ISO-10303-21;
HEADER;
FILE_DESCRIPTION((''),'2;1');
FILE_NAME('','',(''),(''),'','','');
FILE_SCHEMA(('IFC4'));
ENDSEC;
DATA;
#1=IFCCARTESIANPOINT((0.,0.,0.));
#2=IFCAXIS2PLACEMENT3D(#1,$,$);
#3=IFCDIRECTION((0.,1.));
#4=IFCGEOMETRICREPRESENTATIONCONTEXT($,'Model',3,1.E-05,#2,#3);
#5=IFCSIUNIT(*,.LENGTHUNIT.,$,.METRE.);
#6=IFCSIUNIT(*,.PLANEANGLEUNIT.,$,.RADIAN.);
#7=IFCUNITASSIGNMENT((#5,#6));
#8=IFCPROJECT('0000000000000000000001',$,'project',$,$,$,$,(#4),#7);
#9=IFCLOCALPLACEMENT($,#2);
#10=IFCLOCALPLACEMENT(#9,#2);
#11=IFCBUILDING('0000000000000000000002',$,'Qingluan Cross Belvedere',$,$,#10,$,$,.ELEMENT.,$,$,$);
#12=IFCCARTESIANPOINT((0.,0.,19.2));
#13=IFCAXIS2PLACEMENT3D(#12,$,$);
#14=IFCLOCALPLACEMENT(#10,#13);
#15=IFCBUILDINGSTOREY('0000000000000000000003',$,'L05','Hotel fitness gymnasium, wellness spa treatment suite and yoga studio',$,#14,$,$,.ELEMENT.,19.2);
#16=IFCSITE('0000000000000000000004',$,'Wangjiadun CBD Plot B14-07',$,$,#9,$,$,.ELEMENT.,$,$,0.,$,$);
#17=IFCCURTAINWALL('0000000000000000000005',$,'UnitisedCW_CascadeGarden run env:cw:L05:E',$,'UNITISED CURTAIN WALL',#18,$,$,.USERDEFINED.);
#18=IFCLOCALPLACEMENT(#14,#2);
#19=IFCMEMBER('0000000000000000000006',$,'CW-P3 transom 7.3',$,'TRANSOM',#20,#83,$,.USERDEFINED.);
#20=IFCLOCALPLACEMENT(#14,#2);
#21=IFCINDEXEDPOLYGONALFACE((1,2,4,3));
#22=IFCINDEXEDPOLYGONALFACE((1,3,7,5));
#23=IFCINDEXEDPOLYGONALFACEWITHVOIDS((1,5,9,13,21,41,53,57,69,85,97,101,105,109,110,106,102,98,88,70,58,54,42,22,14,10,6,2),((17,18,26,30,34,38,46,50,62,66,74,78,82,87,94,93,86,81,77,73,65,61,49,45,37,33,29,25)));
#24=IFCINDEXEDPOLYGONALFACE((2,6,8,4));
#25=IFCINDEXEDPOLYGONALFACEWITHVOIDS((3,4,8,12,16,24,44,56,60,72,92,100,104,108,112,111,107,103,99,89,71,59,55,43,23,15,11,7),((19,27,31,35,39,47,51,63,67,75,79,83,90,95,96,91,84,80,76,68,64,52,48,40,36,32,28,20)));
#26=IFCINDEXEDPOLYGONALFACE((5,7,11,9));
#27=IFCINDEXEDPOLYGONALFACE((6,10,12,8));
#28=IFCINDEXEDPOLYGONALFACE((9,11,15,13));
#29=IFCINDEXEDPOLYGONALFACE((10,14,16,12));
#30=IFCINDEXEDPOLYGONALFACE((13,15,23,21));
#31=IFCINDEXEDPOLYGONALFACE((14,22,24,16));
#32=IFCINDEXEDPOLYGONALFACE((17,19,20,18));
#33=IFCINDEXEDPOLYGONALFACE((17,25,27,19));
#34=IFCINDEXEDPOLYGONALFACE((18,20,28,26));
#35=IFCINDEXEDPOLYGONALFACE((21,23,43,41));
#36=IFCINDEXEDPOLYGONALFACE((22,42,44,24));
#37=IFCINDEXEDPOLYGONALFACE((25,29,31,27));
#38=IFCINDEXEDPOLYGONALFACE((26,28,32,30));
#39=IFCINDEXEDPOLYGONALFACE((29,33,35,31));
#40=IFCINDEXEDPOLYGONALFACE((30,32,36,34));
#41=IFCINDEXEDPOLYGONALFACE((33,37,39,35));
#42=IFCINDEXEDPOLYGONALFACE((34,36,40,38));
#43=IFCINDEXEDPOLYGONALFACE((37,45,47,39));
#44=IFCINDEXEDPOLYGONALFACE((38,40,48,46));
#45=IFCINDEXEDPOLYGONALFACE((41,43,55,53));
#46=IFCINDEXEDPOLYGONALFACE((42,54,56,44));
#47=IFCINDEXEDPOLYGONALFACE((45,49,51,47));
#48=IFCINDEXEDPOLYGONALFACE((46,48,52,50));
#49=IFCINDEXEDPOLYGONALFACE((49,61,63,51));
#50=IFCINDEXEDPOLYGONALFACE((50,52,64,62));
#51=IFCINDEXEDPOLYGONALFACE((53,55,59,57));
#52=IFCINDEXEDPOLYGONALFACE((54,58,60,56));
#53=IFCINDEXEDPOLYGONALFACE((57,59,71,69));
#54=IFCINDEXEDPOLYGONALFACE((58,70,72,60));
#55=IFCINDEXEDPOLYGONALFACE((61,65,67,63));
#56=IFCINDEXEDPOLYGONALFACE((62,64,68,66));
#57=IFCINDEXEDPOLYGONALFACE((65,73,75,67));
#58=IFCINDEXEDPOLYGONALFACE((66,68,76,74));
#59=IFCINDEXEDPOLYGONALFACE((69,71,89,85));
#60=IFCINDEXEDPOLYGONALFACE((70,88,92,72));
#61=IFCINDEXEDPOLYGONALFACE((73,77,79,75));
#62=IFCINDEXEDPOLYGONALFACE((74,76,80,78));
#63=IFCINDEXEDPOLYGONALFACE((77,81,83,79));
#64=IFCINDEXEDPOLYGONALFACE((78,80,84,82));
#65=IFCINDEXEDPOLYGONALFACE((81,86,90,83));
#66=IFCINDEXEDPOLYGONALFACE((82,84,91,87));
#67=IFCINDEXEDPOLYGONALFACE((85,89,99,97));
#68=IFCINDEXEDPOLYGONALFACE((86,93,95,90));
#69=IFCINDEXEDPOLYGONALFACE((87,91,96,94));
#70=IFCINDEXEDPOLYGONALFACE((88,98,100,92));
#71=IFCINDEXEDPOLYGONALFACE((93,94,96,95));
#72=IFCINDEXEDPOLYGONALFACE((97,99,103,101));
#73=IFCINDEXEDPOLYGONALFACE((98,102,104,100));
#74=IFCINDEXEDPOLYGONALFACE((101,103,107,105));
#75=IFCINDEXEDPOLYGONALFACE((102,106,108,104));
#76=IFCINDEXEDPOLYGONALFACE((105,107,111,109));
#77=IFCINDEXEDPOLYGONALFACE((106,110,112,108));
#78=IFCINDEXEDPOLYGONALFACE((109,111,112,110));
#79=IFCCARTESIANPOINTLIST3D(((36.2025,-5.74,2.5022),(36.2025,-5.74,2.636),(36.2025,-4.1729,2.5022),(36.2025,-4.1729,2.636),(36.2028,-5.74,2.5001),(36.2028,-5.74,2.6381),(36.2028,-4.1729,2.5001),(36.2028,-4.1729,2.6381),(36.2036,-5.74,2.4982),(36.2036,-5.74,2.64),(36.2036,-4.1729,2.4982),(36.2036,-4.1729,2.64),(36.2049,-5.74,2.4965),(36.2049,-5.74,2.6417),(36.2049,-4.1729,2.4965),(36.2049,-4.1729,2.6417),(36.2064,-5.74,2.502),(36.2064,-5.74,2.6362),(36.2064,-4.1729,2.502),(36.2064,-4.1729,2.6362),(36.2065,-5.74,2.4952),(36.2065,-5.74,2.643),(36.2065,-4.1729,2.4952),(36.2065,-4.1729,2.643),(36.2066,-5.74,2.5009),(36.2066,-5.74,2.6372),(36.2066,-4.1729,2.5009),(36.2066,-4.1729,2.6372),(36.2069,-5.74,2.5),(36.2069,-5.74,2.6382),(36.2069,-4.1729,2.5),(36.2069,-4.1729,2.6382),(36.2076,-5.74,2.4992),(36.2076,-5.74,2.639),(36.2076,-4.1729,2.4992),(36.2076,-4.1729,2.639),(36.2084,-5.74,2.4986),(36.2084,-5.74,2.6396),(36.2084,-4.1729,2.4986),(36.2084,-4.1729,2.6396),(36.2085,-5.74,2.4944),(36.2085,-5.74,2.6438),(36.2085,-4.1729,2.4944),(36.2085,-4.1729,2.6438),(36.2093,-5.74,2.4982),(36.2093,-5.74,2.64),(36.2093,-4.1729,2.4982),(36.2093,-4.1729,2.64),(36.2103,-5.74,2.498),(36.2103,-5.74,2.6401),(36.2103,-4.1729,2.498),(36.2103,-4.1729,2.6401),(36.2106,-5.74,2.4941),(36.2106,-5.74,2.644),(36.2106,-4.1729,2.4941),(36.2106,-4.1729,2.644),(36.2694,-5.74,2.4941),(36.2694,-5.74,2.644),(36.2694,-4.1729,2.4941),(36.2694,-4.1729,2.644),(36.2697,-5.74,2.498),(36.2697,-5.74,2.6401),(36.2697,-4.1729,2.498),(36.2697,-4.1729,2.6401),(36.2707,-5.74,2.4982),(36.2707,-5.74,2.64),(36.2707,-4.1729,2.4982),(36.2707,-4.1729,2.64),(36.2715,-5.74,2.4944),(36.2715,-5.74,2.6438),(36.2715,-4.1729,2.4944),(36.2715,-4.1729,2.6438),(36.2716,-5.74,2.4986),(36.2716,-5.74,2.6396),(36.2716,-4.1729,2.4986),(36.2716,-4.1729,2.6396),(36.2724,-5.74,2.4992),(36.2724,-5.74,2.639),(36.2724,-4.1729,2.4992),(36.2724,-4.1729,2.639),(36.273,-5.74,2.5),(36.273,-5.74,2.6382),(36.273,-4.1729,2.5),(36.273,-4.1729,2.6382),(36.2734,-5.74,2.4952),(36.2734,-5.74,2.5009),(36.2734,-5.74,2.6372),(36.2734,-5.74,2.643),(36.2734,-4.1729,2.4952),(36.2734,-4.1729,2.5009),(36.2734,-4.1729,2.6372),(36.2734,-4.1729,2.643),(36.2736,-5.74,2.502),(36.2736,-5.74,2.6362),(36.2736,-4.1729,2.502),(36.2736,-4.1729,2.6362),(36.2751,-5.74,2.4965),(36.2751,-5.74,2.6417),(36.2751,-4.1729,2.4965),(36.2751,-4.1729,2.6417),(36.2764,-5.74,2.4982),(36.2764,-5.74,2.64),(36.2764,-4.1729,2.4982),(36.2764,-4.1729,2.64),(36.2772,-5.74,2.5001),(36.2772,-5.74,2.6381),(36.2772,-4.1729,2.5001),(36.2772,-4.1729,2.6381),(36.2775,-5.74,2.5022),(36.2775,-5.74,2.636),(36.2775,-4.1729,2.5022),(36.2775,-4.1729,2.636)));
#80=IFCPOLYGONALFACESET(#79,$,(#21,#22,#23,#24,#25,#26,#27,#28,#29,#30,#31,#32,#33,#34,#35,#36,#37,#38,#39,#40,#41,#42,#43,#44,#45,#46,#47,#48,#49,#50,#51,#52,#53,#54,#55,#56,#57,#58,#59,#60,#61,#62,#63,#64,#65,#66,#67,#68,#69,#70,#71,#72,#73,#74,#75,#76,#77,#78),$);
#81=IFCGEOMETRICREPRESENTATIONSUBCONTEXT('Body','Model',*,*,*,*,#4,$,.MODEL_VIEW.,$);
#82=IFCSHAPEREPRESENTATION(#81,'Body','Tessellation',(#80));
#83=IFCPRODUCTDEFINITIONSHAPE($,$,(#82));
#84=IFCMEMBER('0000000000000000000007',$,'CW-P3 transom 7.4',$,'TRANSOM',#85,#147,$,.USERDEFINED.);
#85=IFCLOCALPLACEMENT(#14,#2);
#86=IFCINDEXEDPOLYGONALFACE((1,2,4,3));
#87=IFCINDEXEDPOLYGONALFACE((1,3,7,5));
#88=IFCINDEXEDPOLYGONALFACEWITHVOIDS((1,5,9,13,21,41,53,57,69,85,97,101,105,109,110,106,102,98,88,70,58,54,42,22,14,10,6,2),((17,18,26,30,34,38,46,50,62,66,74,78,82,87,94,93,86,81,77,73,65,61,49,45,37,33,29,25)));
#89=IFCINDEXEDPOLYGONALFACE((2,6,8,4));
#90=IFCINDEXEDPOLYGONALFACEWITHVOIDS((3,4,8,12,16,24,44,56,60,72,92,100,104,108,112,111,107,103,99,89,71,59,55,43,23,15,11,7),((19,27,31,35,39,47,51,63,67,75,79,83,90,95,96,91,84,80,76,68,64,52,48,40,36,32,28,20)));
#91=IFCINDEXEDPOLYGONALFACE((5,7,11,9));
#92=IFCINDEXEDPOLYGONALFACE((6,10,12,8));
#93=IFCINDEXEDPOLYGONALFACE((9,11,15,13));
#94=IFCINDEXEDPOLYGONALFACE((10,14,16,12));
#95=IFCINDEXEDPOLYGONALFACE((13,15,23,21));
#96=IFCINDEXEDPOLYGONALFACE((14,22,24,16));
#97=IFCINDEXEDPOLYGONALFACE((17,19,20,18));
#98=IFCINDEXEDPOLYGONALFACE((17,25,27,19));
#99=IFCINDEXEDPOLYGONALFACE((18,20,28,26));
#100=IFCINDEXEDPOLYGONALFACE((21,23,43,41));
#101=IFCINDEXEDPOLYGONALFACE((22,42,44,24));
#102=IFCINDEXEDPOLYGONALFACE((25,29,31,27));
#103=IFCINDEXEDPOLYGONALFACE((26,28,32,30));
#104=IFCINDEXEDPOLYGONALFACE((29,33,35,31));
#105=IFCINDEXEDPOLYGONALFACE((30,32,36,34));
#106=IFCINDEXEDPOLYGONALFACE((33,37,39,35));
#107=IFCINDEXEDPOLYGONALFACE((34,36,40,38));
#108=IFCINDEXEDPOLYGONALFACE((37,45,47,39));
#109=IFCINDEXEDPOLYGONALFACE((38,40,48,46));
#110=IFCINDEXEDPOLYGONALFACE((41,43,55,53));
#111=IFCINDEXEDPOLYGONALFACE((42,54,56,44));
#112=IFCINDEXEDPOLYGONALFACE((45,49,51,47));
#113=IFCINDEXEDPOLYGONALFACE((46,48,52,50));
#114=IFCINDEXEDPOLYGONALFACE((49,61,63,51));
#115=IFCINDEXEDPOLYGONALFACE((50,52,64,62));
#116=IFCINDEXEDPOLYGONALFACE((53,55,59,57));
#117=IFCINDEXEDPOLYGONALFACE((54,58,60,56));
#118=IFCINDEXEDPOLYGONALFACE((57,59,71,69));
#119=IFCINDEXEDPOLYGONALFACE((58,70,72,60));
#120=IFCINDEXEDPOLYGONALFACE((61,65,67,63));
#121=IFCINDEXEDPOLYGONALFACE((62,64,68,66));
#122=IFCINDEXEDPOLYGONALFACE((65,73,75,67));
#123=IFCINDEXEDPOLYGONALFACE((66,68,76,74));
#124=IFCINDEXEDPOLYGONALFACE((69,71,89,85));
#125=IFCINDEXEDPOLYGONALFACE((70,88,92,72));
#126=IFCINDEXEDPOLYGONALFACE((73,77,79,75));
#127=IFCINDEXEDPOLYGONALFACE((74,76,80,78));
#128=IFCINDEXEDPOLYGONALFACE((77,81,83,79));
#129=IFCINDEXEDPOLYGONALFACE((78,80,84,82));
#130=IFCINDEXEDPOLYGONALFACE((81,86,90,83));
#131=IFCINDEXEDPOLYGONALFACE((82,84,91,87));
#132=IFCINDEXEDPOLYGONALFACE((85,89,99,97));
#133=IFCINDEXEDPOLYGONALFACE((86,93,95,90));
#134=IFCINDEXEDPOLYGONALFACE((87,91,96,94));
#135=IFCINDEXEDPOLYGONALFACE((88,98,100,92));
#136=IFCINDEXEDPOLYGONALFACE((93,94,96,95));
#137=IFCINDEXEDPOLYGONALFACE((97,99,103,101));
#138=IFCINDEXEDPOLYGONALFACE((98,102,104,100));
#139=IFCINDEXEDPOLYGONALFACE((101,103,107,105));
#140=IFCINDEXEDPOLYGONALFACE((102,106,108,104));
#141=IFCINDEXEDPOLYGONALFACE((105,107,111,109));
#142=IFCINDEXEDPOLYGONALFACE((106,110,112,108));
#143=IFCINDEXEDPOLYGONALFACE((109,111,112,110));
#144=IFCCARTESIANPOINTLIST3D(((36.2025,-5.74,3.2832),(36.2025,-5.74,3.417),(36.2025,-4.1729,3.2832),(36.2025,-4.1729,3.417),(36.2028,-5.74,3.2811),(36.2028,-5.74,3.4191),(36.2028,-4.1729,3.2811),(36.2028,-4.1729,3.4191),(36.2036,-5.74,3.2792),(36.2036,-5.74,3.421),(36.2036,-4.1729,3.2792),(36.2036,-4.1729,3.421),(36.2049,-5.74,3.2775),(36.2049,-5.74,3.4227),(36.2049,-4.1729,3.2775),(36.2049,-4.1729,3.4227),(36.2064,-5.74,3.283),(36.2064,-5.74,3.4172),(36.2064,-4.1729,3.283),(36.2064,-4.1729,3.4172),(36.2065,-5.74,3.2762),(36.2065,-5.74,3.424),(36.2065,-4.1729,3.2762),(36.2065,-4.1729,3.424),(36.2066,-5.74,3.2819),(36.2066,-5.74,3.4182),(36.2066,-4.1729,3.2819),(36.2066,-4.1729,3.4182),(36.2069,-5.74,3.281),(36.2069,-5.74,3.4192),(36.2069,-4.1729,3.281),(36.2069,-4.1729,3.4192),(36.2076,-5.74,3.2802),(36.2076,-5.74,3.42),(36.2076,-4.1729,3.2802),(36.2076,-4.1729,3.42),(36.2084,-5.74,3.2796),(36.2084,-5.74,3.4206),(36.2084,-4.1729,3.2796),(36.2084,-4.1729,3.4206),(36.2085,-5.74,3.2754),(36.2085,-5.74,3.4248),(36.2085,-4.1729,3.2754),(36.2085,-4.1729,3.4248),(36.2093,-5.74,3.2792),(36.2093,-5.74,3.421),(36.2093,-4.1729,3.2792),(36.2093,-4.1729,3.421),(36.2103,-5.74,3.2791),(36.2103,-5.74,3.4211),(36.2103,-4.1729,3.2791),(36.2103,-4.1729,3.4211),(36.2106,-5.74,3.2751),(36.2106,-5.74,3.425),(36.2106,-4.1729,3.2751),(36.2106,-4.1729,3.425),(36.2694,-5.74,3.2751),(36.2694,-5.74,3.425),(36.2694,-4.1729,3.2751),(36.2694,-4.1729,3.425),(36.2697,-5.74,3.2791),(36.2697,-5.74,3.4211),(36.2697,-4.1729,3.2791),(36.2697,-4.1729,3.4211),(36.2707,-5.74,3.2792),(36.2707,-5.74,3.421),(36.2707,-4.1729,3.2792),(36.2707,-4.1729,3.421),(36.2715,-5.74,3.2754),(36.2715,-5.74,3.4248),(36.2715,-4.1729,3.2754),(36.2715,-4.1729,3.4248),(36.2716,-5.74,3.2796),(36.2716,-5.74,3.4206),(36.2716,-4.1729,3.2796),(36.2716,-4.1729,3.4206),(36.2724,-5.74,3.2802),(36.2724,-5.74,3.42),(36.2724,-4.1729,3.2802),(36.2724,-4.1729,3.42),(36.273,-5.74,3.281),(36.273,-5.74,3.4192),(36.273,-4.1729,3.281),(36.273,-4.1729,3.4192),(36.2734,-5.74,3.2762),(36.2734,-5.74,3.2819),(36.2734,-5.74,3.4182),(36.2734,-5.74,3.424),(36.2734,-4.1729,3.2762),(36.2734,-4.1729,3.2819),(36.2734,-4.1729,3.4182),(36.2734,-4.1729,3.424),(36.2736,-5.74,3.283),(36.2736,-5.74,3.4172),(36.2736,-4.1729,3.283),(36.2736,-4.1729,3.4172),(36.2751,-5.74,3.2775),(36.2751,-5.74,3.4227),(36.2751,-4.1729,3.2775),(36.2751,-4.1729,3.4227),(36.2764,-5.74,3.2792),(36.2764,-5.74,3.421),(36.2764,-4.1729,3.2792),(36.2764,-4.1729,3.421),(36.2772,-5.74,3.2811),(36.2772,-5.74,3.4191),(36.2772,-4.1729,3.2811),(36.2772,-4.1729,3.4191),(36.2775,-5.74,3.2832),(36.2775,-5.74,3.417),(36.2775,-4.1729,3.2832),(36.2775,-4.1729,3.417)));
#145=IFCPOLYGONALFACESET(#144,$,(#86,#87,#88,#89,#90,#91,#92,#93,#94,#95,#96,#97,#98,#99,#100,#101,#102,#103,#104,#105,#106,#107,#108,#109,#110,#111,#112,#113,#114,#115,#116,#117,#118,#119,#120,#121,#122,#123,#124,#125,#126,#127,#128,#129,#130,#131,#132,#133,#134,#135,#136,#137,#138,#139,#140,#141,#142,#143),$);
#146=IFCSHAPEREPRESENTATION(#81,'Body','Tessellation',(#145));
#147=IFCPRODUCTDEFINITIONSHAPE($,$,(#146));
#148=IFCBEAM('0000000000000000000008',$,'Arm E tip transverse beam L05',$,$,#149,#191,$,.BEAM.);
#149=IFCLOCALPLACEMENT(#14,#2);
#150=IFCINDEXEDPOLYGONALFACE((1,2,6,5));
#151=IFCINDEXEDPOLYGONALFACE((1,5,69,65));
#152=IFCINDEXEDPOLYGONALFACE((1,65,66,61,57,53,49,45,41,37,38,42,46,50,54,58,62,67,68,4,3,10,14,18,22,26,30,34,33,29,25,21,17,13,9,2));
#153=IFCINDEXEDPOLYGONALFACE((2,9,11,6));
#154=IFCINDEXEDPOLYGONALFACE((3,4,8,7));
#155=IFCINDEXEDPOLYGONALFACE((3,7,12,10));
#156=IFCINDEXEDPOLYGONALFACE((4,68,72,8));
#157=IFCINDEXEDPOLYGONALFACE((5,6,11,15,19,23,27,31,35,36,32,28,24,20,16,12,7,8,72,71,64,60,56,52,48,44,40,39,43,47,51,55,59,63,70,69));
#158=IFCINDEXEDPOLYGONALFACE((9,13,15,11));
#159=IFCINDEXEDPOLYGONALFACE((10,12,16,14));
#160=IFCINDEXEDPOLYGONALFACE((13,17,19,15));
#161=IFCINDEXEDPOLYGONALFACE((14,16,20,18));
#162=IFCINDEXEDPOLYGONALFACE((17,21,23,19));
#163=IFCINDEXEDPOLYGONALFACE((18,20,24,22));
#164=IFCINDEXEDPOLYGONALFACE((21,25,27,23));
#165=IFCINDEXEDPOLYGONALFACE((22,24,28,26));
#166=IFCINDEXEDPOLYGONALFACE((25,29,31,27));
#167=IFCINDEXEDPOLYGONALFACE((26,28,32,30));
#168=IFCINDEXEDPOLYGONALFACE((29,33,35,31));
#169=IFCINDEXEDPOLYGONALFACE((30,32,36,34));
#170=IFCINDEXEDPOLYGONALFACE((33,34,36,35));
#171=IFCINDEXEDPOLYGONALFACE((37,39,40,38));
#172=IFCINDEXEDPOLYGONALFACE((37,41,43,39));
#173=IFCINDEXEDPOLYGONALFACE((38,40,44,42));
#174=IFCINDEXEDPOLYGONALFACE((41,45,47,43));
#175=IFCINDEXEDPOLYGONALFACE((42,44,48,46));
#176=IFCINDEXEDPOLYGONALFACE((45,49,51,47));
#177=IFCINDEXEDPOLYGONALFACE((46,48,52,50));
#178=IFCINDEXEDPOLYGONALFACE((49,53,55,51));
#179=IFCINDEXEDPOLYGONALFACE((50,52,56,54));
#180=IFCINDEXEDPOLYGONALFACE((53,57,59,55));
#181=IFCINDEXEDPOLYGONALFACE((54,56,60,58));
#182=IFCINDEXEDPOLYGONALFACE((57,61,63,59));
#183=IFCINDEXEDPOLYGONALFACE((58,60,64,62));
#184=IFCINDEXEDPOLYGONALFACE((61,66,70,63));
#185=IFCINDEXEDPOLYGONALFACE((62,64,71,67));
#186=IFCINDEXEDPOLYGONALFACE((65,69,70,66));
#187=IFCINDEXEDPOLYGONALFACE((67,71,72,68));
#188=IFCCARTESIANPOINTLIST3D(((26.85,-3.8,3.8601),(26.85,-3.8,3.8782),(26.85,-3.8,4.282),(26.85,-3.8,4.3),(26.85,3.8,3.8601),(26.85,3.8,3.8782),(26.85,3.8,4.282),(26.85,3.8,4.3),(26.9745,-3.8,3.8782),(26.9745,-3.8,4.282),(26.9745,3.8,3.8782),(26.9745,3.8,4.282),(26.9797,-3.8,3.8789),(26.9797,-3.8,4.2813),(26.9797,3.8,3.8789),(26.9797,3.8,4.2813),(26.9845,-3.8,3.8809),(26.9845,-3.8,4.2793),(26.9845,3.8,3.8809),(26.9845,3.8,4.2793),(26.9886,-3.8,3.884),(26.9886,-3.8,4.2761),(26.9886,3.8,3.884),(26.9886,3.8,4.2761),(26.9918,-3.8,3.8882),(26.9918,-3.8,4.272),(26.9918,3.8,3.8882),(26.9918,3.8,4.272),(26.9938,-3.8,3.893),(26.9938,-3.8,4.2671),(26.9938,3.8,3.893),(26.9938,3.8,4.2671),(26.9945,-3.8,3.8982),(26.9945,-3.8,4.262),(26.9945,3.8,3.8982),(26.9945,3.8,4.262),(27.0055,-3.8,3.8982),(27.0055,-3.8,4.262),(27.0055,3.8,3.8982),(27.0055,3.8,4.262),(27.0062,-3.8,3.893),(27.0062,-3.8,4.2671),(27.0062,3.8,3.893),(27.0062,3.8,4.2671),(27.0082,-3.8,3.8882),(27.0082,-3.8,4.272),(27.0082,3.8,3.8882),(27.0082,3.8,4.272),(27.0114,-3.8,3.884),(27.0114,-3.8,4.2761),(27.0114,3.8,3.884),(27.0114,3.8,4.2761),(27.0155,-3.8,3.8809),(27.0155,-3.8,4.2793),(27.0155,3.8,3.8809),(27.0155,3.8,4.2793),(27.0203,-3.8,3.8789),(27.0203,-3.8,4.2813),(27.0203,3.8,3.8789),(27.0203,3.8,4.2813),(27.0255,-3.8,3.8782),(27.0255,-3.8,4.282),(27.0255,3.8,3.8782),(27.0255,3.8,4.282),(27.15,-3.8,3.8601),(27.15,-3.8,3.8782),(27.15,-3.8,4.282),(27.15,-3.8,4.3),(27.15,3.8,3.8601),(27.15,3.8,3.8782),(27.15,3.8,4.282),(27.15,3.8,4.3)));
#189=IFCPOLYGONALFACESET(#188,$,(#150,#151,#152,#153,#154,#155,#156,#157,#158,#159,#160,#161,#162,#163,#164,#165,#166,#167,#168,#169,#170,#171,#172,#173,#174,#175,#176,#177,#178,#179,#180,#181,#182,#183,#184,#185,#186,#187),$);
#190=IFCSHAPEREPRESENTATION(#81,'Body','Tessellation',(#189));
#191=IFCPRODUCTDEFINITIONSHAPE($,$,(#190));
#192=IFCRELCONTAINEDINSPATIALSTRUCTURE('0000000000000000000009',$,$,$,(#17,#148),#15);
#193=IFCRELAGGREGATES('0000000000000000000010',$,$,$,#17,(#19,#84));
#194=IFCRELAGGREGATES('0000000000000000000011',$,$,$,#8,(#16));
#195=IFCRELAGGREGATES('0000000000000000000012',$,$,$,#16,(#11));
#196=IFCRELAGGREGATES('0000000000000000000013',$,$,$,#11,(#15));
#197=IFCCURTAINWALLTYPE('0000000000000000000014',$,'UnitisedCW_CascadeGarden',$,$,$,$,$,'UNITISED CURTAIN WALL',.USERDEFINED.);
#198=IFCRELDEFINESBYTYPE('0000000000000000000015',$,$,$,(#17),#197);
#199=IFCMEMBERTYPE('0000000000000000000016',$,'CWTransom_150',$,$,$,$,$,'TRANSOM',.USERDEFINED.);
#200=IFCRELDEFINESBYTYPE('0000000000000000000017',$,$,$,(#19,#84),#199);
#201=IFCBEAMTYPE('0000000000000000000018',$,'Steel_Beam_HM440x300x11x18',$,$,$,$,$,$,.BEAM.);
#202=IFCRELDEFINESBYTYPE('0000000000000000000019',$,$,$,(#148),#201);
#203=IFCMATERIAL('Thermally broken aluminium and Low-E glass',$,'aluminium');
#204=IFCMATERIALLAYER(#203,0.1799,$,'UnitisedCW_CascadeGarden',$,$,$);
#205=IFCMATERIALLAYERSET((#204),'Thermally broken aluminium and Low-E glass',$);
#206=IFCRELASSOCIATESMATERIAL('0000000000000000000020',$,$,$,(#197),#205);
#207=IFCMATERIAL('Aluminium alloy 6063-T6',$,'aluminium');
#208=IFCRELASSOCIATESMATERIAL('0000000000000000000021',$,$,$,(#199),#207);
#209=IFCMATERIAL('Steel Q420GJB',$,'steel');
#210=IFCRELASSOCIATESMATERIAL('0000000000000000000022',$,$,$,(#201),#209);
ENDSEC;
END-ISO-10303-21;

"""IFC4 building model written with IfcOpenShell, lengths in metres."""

from ifc_helpers import new_model, si_unit, direction, frame, origin, origin_2d, place, context, subcontext, project, spatial, hollow_rectangle, i_section, extrude, material, layer, layer_set, material_profile, profile_set, type_object, element, aggregate, save


model = new_model("IFC4")

# Units and contexts
model_context = context("Model", 3, precision=1e-05, world=origin(), true_north=direction((0.0, 1.0)))
body_context = subcontext(model_context, "Body", "Model", "MODEL_VIEW")
ifc_project = project(units=[si_unit("LENGTHUNIT", "METRE"), si_unit("PLANEANGLEUNIT", "RADIAN")], contexts=[model_context])

# Site, building, storey
site_placement = place(None, origin())
site = spatial("IfcSite", under=ifc_project, at=site_placement, Name="Wangjiadun CBD Plot B14-07", CompositionType="ELEMENT", RefElevation=0.0)
building_placement = place(site_placement, origin())
building = spatial("IfcBuilding", under=site, at=building_placement, Name="Qingluan Cross Belvedere", CompositionType="ELEMENT")
storey_placement = place(building_placement, frame((0.0, 0.0, 19.2)))
storey = spatial("IfcBuildingStorey", under=building, at=storey_placement, Name="L05", Description="Hotel fitness gymnasium, wellness spa treatment suite and yoga studio", CompositionType="ELEMENT", Elevation=19.2)

# Curtain wall, members
ifc_material_1 = material(Name="Thermally broken aluminium and Low-E glass", Category="aluminium")
ifc_layer_1 = layer(ifc_material_1, 0.1799, Name="UnitisedCW_CascadeGarden")
ifc_layer_set_1 = layer_set([ifc_layer_1], Name="Thermally broken aluminium and Low-E glass")
curtain_wall_type = type_object("IfcCurtainWallType", Name="UnitisedCW_CascadeGarden", ElementType="UNITISED CURTAIN WALL", PredefinedType="USERDEFINED", material=ifc_layer_set_1)
curtain_wall_placement = place(storey_placement, origin())
curtain_wall = element("IfcCurtainWall", 1, at=curtain_wall_placement, inside=storey, type_object=curtain_wall_type, Name="UnitisedCW_CascadeGarden run env:cw:L05:E", ObjectType="UNITISED CURTAIN WALL", PredefinedType="USERDEFINED")
ifc_material_2 = material(Name="Aluminium alloy 6063-T6", Category="aluminium")
ifc_material_profile_1 = material_profile(ifc_material_2, hollow_rectangle(XDim=0.075, YDim=0.1499, WallThickness=0.0039, InnerFilletRadius=0.0039, OuterFilletRadius=0.0081, at=origin_2d()), Name="CWT150x75x4")
ifc_profile_set_1 = profile_set([ifc_material_profile_1], Name="Aluminium alloy 6063-T6")
member_type_1 = type_object("IfcMemberType", Name="CWTransom_150", ElementType="TRANSOM", PredefinedType="USERDEFINED", material=ifc_profile_set_1)
member_1_placement = place(storey_placement, frame((36.24, -4.1729, 2.5691), z_axis=(0.0, -1.0, 0.0), x_axis=(1.0, 0.0, 0.0)))
member_1 = element("IfcMember", 2, at=member_1_placement, type_object=member_type_1, Name="CW-P3 transom 7.3", ObjectType="TRANSOM", PredefinedType="USERDEFINED", context=body_context, shape_type="SweptSolid", body=[
    extrude(hollow_rectangle(XDim=0.075, YDim=0.1499, WallThickness=0.0039, InnerFilletRadius=0.0039, OuterFilletRadius=0.0081, at=origin_2d()), origin(), (0.0, 0.0, 1.0), 1.5671),
])
member_2_placement = place(storey_placement, frame((36.24, -4.1729, 3.3501), z_axis=(0.0, -1.0, 0.0), x_axis=(1.0, 0.0, 0.0)))
member_2 = element("IfcMember", 3, at=member_2_placement, type_object=member_type_1, Name="CW-P3 transom 7.4", ObjectType="TRANSOM", PredefinedType="USERDEFINED", context=body_context, shape_type="SweptSolid", body=[
    extrude(hollow_rectangle(XDim=0.075, YDim=0.1499, WallThickness=0.0039, InnerFilletRadius=0.0039, OuterFilletRadius=0.0081, at=origin_2d()), origin(), (0.0, 0.0, 1.0), 1.5671),
])

# Beam
ifc_material_3 = material(Name="Steel Q420GJB", Category="steel")
ifc_material_profile_2 = material_profile(ifc_material_3, i_section(OverallWidth=0.3, OverallDepth=0.4399, WebThickness=0.011, FlangeThickness=0.0181, FilletRadius=0.02, at=origin_2d()), Name="HM440x300x11x18")
ifc_profile_set_2 = profile_set([ifc_material_profile_2], Name="Steel Q420GJB")
beam_type_1 = type_object("IfcBeamType", Name="Steel_Beam_HM440x300x11x18", PredefinedType="BEAM", material=ifc_profile_set_2)
beam_1_placement = place(storey_placement, frame((27.0, -3.8, 4.0801), z_axis=(0.0, 1.0, 0.0), x_axis=(-1.0, 0.0, 0.0)))
element("IfcBeam", 4, at=beam_1_placement, inside=storey, type_object=beam_type_1, Name="Arm E tip transverse beam L05", PredefinedType="BEAM", context=body_context, shape_type="SweptSolid", body=[
    extrude(i_section(OverallWidth=0.3, OverallDepth=0.4399, WebThickness=0.011, FlangeThickness=0.0181, FilletRadius=0.02, at=origin_2d()), origin(), (0.0, 0.0, 1.0), 7.6001),
])

aggregate(curtain_wall, [member_1, member_2])

save(model, "model.ifc")
